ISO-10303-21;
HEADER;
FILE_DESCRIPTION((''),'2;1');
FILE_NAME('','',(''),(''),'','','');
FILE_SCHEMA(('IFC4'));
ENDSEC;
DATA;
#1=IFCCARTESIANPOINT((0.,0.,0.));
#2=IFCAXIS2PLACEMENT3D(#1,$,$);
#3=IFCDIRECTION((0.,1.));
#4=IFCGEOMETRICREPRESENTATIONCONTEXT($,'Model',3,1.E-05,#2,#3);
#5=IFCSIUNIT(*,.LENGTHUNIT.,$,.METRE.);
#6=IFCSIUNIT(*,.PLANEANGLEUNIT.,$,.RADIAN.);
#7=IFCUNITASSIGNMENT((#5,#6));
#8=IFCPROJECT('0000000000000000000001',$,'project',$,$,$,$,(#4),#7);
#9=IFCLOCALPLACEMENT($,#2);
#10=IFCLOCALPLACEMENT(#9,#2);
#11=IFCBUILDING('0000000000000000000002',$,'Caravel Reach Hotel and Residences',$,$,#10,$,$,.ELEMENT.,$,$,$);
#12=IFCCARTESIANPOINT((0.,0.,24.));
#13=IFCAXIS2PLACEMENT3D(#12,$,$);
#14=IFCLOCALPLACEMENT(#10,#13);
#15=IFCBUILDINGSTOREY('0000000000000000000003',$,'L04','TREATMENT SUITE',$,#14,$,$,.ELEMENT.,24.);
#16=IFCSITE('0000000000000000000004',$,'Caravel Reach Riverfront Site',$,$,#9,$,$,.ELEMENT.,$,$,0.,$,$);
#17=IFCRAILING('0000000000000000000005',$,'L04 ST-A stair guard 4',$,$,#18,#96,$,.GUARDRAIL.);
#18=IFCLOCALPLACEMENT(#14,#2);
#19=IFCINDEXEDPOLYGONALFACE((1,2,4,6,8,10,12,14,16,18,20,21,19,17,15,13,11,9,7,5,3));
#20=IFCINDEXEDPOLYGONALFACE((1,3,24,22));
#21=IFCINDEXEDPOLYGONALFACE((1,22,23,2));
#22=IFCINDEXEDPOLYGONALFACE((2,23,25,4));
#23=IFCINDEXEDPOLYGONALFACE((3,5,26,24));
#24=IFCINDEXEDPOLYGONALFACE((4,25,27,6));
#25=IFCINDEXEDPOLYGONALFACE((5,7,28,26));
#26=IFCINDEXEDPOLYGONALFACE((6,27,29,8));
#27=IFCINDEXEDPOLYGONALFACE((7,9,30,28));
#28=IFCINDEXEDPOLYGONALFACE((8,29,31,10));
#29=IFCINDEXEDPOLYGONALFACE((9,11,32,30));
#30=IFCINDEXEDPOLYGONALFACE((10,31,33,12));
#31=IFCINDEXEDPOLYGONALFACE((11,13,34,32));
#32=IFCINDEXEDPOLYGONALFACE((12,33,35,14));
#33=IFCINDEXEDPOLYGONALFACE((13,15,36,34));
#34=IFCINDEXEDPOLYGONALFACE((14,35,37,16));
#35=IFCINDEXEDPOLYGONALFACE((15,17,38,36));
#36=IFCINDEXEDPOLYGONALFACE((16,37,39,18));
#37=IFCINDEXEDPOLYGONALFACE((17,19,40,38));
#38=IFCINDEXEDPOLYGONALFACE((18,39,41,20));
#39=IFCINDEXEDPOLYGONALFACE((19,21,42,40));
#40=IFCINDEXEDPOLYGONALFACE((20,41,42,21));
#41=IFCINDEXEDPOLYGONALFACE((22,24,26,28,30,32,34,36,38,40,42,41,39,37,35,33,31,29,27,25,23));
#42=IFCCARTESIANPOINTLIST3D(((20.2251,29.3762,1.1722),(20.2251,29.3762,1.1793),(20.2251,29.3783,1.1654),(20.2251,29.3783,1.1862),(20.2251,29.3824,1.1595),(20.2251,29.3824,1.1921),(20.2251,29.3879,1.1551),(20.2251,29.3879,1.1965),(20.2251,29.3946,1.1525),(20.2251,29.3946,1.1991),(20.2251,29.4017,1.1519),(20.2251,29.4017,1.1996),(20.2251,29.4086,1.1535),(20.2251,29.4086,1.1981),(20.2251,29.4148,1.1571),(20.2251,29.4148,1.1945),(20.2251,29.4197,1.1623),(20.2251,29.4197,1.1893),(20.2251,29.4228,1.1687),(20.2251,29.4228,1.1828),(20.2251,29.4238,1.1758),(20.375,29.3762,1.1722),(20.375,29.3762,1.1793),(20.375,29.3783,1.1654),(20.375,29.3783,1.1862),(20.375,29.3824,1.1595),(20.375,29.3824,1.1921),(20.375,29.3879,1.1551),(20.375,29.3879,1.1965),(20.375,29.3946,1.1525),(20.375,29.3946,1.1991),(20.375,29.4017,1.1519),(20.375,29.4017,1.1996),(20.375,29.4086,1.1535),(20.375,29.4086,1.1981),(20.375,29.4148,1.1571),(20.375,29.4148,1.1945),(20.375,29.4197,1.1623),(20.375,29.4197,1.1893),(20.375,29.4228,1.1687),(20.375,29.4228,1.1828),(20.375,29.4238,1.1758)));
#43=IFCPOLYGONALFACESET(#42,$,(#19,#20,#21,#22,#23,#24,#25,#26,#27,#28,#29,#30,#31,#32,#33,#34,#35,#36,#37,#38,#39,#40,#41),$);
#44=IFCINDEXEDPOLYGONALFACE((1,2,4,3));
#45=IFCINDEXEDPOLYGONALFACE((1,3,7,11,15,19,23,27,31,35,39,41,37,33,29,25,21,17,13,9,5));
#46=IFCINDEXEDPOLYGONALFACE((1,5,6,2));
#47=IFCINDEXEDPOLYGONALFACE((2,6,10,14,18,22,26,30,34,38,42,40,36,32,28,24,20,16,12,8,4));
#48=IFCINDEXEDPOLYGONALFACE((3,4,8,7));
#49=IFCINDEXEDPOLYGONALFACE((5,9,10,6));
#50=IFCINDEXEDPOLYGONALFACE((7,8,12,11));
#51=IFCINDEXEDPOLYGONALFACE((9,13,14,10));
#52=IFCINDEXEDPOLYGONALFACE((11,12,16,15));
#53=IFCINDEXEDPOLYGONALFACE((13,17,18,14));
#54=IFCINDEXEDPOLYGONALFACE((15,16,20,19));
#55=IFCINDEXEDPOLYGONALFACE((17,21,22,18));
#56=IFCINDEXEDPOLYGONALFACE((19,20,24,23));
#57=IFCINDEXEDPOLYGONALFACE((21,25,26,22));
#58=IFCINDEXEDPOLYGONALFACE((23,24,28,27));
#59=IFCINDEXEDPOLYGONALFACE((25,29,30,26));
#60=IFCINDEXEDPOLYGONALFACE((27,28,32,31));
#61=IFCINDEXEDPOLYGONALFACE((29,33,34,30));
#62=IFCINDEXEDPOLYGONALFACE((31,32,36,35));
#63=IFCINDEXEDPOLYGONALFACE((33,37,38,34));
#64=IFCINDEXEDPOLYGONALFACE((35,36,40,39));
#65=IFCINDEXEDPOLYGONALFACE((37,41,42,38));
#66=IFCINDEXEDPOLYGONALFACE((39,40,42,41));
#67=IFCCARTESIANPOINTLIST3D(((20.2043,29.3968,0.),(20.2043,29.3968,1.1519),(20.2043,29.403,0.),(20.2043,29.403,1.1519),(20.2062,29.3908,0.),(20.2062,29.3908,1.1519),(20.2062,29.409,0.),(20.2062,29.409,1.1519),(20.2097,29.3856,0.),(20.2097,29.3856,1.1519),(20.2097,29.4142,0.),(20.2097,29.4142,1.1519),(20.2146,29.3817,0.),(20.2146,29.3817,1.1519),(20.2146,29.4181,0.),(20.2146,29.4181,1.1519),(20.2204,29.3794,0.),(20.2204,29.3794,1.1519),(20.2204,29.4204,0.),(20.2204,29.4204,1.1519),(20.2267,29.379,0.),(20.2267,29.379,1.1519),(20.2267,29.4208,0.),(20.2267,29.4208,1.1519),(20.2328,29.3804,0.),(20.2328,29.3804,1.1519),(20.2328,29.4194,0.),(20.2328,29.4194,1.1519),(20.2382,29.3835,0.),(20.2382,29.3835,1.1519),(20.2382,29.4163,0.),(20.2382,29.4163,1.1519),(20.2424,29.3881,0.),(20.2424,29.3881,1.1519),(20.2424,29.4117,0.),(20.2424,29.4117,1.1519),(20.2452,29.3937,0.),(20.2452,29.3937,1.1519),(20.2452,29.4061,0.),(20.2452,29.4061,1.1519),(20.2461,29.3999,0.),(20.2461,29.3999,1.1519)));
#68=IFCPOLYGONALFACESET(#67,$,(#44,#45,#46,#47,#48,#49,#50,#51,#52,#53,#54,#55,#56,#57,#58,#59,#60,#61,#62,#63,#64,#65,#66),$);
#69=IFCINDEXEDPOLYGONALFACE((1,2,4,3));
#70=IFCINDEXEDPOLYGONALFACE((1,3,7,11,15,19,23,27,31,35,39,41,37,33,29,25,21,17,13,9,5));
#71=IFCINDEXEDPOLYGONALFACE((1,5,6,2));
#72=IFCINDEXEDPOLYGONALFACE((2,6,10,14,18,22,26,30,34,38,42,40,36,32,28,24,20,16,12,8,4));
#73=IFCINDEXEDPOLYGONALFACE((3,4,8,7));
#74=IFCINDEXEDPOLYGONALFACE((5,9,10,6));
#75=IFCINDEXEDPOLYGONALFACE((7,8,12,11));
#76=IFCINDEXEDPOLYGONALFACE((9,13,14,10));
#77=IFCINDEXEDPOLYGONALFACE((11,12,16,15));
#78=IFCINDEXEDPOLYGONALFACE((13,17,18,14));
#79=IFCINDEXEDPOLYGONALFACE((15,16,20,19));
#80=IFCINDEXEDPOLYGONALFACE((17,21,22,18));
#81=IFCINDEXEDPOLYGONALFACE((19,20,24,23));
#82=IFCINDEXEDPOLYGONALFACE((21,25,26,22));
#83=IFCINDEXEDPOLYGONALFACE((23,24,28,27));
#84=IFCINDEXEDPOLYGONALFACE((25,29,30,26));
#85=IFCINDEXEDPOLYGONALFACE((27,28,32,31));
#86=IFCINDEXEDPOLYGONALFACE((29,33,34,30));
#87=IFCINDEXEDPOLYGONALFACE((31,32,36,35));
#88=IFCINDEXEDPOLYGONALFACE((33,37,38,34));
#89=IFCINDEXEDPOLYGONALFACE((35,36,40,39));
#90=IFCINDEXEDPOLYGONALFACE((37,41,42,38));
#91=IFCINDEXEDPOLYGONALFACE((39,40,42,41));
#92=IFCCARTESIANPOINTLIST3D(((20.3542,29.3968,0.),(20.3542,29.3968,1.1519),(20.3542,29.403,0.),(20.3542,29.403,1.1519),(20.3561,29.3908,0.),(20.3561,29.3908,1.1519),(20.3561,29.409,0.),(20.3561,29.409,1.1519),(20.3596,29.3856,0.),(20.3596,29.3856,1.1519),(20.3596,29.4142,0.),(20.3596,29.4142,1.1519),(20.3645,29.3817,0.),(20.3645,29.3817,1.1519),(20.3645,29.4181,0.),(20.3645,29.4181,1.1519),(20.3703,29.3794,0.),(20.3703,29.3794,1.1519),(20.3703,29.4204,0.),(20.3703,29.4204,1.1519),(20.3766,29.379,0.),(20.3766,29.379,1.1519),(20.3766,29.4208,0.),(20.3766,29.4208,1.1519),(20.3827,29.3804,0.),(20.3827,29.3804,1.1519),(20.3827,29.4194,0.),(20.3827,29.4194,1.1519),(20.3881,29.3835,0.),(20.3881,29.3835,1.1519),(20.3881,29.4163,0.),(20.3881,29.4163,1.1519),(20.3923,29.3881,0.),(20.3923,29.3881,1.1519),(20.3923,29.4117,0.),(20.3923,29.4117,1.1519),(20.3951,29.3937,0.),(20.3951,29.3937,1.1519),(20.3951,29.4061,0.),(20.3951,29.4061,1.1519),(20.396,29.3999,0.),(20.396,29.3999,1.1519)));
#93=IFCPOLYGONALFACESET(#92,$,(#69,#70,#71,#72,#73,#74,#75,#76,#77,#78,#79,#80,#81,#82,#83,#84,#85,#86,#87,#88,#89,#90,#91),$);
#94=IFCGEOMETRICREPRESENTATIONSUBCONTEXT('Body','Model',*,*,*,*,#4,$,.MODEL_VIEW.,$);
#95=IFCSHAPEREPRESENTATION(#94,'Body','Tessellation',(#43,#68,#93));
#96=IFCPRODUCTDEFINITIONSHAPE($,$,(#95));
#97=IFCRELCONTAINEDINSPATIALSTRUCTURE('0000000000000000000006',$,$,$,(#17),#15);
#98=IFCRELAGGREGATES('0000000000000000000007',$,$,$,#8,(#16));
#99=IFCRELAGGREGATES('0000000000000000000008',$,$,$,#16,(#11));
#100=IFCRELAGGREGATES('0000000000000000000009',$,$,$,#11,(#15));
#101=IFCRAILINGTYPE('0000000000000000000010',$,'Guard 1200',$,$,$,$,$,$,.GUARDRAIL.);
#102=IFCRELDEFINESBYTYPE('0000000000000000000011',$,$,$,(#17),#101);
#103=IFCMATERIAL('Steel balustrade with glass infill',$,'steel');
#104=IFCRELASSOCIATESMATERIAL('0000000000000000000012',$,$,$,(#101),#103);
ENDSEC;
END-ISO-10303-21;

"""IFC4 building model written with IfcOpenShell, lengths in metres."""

from ifc_helpers import new_model, si_unit, direction, frame, origin, origin_2d, place, context, subcontext, project, spatial, circle, extrude, material, type_object, element, save


model = new_model("IFC4")

# Units and contexts
model_context = context("Model", 3, precision=1e-05, world=origin(), true_north=direction((0.0, 1.0)))
body_context = subcontext(model_context, "Body", "Model", "MODEL_VIEW")
ifc_project = project(units=[si_unit("LENGTHUNIT", "METRE"), si_unit("PLANEANGLEUNIT", "RADIAN")], contexts=[model_context])

# Site, building, storey
site_placement = place(None, origin())
site = spatial("IfcSite", under=ifc_project, at=site_placement, Name="Caravel Reach Riverfront Site", CompositionType="ELEMENT", RefElevation=0.0)
building_placement = place(site_placement, origin())
building = spatial("IfcBuilding", under=site, at=building_placement, Name="Caravel Reach Hotel and Residences", CompositionType="ELEMENT")
storey_placement = place(building_placement, frame((0.0, 0.0, 24.0)))
storey = spatial("IfcBuildingStorey", under=building, at=storey_placement, Name="L04", Description="TREATMENT SUITE", CompositionType="ELEMENT", Elevation=24.0)

# Railing
ifc_material_1 = material(Name="Steel balustrade with glass infill", Category="steel")
railing_type_1 = type_object("IfcRailingType", Name="Guard 1200", PredefinedType="GUARDRAIL", material=ifc_material_1)
railing_1_placement = place(storey_placement, frame((20.2251, 29.3999, 0.0)))
element("IfcRailing", 1, at=railing_1_placement, inside=storey, type_object=railing_type_1, Name="L04 ST-A stair guard 4", PredefinedType="GUARDRAIL", context=body_context, shape_type="SweptSolid", body=[
    extrude(circle(Radius=0.0239, at=origin_2d()), frame((0.0, 0.0, 1.1758), z_axis=(1.0, 0.0, 0.0), x_axis=(0.0, 1.0, 0.0)), (0.0, 0.0, 1.0), 0.1499),
    extrude(circle(Radius=0.021, at=origin_2d()), origin(), (0.0, 0.0, 1.0), 1.1519),
    extrude(circle(Radius=0.021, at=origin_2d()), frame((0.1499, 0.0, 0.0)), (0.0, 0.0, 1.0), 1.1519),
])

save(model, "model.ifc")
